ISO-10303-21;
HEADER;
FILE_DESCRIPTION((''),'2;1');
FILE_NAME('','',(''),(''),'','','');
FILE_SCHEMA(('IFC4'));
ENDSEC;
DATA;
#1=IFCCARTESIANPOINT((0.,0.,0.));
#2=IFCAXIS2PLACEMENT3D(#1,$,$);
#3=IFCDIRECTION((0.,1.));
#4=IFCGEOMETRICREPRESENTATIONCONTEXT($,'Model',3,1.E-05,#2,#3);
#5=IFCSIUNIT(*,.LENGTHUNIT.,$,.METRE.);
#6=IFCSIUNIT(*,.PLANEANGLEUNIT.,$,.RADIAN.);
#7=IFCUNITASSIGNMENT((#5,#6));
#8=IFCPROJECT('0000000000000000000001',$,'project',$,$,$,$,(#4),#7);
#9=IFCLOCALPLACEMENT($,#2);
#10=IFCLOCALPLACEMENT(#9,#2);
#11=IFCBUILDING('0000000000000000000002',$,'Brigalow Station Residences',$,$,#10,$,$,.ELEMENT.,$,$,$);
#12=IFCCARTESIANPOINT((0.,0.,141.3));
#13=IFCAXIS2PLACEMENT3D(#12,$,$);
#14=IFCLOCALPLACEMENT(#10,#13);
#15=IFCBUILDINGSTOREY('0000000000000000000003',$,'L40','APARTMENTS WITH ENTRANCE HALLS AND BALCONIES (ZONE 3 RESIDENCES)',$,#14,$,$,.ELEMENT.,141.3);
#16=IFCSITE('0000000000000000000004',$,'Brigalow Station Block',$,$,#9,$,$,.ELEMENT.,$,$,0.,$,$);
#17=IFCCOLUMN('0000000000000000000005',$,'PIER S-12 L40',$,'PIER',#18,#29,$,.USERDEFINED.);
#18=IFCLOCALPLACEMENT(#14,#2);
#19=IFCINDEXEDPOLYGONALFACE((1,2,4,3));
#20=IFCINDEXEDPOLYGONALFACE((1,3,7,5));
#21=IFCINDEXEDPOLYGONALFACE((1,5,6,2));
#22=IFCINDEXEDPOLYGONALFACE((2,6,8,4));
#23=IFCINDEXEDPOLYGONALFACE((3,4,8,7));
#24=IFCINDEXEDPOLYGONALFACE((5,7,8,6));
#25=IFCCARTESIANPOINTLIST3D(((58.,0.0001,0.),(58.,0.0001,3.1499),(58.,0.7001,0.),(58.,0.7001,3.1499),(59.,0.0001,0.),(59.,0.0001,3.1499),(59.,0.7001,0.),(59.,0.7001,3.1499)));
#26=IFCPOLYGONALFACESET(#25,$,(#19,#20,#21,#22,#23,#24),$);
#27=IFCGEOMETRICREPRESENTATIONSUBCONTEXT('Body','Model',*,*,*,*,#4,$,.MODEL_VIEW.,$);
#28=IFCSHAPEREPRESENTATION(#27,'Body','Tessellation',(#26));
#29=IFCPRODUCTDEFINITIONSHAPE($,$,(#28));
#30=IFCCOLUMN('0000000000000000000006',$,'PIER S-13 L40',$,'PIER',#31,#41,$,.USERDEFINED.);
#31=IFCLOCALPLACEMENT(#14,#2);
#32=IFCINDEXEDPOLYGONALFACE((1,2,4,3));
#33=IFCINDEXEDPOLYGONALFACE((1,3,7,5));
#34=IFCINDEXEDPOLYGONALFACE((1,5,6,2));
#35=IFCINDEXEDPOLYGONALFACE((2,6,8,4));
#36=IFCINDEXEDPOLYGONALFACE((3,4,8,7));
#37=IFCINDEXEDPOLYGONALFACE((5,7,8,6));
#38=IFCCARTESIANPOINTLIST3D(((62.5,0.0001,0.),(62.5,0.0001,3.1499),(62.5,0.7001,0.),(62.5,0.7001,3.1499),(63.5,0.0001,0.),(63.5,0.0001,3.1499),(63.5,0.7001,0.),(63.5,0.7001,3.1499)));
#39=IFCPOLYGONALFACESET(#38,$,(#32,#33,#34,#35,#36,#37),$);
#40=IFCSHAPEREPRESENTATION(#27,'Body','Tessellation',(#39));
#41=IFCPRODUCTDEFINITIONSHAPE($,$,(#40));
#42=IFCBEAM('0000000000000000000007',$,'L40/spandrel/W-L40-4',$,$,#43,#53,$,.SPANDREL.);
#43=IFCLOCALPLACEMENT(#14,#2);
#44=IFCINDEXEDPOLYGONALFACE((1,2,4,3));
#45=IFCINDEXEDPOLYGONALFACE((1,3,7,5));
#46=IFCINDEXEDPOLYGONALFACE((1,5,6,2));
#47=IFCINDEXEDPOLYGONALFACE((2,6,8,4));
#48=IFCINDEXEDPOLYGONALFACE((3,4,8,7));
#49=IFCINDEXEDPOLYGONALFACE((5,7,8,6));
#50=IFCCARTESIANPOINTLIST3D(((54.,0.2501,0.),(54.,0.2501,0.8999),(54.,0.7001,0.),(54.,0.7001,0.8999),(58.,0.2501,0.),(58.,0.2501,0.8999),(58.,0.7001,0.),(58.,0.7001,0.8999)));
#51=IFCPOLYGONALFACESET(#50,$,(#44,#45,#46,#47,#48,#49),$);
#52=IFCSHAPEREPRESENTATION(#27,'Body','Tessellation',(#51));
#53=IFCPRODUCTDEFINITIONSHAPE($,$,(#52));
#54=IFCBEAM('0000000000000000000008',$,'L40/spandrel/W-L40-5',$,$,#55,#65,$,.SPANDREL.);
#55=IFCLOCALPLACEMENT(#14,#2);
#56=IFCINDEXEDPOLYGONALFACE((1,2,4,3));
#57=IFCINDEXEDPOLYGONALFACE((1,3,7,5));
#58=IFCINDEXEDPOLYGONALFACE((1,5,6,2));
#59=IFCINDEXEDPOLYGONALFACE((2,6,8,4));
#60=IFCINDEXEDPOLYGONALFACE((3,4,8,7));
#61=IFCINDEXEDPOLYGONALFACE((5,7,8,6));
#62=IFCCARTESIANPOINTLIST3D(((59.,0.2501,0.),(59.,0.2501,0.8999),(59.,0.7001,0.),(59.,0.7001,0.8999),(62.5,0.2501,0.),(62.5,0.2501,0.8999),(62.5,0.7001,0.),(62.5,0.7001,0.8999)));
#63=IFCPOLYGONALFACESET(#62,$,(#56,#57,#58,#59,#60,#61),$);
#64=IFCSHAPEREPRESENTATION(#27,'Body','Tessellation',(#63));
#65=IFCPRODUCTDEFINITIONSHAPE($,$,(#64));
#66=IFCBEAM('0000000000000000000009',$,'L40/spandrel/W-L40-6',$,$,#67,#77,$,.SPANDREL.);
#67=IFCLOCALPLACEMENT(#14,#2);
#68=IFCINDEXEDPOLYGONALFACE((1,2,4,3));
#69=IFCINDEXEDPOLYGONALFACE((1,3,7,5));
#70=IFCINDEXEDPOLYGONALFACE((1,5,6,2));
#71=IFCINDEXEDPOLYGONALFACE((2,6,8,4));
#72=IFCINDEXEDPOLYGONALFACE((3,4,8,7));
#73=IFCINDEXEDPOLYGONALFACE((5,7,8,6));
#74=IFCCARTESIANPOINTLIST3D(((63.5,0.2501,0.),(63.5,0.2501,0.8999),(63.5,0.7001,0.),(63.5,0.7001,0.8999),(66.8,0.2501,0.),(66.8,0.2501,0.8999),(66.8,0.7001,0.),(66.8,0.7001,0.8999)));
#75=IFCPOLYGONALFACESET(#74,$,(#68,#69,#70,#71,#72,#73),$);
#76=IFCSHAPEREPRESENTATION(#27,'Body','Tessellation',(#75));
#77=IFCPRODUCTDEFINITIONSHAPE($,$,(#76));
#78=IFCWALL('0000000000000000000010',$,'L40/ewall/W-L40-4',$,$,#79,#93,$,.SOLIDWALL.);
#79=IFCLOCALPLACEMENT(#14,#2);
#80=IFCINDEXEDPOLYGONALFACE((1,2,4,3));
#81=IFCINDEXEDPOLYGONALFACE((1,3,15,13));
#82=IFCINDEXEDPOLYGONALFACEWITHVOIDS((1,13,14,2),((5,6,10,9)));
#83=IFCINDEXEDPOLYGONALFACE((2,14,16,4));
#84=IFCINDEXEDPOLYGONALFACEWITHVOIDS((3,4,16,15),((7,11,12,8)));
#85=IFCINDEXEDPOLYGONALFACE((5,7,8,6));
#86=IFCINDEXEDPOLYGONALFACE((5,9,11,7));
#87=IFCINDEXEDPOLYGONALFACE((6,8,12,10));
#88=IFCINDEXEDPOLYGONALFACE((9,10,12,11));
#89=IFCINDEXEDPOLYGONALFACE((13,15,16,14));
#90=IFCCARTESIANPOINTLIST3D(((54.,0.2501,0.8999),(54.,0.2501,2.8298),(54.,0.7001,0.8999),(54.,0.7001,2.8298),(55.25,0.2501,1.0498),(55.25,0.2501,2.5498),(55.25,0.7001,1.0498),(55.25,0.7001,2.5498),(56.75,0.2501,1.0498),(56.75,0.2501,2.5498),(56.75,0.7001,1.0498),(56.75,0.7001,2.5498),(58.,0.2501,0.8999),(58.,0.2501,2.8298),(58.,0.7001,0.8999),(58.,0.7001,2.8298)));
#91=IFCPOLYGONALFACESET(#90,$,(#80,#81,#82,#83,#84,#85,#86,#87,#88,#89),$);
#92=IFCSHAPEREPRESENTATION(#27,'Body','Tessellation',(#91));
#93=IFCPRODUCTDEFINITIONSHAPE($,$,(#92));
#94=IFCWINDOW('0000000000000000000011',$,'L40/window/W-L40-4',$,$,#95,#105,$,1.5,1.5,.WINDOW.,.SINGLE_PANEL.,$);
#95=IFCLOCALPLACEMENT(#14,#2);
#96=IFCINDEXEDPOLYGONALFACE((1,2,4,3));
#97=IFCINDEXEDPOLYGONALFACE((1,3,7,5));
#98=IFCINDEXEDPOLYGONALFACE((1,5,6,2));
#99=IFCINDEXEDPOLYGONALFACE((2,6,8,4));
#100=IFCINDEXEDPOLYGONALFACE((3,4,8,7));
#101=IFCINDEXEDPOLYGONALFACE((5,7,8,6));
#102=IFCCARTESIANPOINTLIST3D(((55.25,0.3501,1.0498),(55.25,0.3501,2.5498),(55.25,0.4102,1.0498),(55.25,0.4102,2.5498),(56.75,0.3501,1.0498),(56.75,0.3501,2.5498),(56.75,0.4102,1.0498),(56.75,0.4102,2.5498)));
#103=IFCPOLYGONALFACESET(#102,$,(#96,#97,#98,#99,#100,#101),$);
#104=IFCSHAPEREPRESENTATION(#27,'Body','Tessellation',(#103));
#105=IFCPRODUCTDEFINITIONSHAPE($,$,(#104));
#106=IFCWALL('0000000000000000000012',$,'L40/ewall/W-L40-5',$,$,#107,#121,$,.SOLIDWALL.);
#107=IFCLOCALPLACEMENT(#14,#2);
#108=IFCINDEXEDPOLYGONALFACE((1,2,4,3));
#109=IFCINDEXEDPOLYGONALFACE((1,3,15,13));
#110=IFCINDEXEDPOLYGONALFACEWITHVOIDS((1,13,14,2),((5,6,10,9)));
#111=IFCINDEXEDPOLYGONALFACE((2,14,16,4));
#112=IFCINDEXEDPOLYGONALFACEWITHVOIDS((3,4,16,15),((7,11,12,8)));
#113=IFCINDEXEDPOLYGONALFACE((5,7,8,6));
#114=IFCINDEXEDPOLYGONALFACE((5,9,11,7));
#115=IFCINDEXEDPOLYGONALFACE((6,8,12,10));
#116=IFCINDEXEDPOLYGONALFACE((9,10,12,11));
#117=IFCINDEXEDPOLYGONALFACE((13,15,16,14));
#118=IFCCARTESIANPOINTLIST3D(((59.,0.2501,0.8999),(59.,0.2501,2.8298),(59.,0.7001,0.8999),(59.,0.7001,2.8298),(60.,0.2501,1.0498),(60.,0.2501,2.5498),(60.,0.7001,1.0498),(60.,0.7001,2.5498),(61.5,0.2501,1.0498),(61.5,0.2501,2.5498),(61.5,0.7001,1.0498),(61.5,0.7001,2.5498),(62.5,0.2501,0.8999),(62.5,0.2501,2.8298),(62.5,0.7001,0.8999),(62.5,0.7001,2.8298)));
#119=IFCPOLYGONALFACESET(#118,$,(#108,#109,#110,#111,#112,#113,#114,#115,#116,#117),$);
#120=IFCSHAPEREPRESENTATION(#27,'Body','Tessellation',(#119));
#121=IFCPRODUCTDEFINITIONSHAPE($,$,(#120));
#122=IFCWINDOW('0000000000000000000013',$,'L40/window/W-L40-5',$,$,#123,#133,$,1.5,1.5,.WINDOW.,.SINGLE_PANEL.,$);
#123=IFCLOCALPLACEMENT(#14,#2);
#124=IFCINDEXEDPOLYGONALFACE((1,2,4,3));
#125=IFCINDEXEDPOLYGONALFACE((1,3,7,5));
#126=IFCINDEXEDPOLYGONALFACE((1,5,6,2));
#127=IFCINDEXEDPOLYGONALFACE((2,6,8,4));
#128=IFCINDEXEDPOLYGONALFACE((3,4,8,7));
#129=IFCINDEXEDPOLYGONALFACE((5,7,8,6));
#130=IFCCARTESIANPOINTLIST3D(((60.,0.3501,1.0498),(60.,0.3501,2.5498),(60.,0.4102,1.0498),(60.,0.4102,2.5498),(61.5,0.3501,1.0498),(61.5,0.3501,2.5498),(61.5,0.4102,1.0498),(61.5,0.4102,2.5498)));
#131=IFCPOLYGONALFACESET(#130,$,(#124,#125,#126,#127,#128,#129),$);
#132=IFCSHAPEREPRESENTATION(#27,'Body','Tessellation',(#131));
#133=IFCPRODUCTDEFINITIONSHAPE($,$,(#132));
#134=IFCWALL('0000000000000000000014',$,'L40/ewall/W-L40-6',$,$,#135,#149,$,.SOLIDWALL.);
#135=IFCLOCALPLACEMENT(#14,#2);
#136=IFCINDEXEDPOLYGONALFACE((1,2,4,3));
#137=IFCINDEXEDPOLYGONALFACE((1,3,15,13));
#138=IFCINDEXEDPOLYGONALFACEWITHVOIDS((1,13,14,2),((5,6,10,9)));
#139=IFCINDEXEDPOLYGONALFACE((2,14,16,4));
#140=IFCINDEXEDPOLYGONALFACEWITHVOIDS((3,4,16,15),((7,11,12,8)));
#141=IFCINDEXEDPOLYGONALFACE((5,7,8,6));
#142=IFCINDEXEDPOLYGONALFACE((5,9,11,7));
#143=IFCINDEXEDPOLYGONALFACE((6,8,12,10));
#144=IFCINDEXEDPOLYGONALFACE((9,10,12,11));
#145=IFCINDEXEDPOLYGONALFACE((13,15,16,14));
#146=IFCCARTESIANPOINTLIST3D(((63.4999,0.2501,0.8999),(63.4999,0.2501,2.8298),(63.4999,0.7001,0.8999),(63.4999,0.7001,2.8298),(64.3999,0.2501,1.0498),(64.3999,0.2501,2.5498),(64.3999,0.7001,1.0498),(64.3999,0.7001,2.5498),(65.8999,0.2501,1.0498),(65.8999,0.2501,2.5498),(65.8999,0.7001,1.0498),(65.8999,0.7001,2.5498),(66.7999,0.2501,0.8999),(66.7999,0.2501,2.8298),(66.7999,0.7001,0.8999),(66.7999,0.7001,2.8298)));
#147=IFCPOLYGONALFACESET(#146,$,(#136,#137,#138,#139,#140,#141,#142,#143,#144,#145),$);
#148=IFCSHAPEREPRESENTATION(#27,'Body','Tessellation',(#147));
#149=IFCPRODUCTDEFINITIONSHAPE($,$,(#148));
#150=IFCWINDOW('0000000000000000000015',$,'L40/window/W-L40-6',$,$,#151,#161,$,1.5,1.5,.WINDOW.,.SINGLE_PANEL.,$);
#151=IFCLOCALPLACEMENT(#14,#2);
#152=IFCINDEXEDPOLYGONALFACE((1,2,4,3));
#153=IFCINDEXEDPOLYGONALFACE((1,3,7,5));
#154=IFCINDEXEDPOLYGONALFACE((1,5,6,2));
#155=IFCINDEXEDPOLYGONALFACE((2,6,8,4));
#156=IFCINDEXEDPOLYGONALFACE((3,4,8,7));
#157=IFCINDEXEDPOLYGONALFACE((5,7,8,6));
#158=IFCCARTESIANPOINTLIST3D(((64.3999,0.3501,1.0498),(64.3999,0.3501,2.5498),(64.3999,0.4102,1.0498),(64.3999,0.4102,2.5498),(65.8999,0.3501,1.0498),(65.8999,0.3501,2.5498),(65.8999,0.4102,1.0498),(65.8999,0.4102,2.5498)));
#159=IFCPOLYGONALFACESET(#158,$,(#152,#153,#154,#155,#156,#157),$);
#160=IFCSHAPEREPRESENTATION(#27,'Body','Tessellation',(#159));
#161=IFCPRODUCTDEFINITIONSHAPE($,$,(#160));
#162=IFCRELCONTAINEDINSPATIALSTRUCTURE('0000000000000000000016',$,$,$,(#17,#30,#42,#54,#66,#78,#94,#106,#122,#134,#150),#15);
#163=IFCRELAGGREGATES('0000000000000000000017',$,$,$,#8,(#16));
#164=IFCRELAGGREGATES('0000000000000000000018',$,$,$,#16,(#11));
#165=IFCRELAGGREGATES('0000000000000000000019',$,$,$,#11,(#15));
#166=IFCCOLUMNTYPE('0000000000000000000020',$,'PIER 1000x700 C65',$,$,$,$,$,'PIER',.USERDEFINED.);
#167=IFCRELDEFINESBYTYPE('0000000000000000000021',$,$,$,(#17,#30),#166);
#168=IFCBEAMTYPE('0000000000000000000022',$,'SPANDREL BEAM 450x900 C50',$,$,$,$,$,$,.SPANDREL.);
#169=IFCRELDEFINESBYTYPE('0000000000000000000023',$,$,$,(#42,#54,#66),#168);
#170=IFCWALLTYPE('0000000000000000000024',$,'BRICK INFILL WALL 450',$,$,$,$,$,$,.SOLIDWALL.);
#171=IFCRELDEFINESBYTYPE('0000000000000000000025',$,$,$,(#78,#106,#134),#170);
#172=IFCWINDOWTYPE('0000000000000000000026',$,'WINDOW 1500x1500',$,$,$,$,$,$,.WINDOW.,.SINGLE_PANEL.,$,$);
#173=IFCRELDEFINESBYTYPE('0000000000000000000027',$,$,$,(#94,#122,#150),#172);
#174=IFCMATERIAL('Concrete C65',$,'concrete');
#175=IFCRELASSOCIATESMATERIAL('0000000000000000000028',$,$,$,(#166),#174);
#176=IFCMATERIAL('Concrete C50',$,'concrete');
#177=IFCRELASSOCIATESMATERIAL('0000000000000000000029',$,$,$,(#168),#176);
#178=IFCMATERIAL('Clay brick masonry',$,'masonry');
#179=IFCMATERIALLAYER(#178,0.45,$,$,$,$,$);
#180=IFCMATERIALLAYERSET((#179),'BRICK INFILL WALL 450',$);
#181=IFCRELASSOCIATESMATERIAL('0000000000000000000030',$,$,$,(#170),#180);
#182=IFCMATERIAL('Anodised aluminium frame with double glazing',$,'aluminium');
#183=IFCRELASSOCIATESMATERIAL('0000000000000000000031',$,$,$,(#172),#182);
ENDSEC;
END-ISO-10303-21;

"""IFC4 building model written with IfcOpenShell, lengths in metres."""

from ifc_helpers import new_model, si_unit, direction, frame, frame_2d, origin, origin_2d, place, context, subcontext, project, spatial, rectangle, extrude, material, layer, layer_set, material_profile, profile_set, type_object, element, fill, save


model = new_model("IFC4")

# Units and contexts
model_context = context("Model", 3, precision=1e-05, world=origin(), true_north=direction((0.0, 1.0)))
body_context = subcontext(model_context, "Body", "Model", "MODEL_VIEW")
ifc_project = project(units=[si_unit("LENGTHUNIT", "METRE"), si_unit("PLANEANGLEUNIT", "RADIAN")], contexts=[model_context])

# Site, building, storey
site_placement = place(None, origin())
site = spatial("IfcSite", under=ifc_project, at=site_placement, Name="Brigalow Station Block", CompositionType="ELEMENT", RefElevation=0.0)
building_placement = place(site_placement, origin())
building = spatial("IfcBuilding", under=site, at=building_placement, Name="Brigalow Station Residences", CompositionType="ELEMENT")
storey_placement = place(building_placement, frame((0.0, 0.0, 141.3)))
storey = spatial("IfcBuildingStorey", under=building, at=storey_placement, Name="L40", Description="APARTMENTS WITH ENTRANCE HALLS AND BALCONIES (ZONE 3 RESIDENCES)", CompositionType="ELEMENT", Elevation=141.3)

# Columns
ifc_material_1 = material(Name="Concrete C65", Category="concrete")
ifc_material_profile_1 = material_profile(ifc_material_1, rectangle(XDim=1.0, YDim=0.7, at=origin_2d()), Name="RC1000x700")
ifc_profile_set_1 = profile_set([ifc_material_profile_1], Name="Concrete C65")
column_type = type_object("IfcColumnType", Name="PIER 1000x700 C65", ElementType="PIER", PredefinedType="USERDEFINED", material=ifc_profile_set_1)
for number, where, z_axis, x_axis, name in (
    (1, (58.5, 0.3501, 0.0), (0.0, 0.0, 1.0), (1.0, 0.0, 0.0), "PIER S-12 L40"),
    (2, (63.0, 0.3501, 0.0), (0.0, 0.0, 1.0), (1.0, 0.0, 0.0), "PIER S-13 L40"),
):
    element("IfcColumn", number, at=place(storey_placement, frame(where, z_axis=z_axis, x_axis=x_axis)), inside=storey, type_object=column_type, Name=name, ObjectType="PIER", PredefinedType="USERDEFINED", context=body_context, shape_type="SweptSolid", body=[
        extrude(rectangle(XDim=1.0, YDim=0.7, at=origin_2d()), origin(), (0.0, 0.0, 1.0), 3.1499),
    ])

# Beams
ifc_material_2 = material(Name="Concrete C50", Category="concrete")
ifc_material_profile_2 = material_profile(ifc_material_2, rectangle(XDim=0.45, YDim=0.8999, at=origin_2d()), Name="RC450x900")
ifc_profile_set_2 = profile_set([ifc_material_profile_2], Name="Concrete C50")
beam_type = type_object("IfcBeamType", Name="SPANDREL BEAM 450x900 C50", PredefinedType="SPANDREL", material=ifc_profile_set_2)
beam_1_placement = place(storey_placement, frame((54.0, 0.4751, 0.45), z_axis=(1.0, 0.0, 0.0), x_axis=(0.0, 1.0, 0.0)))
element("IfcBeam", 3, at=beam_1_placement, inside=storey, type_object=beam_type, Name="L40/spandrel/W-L40-4", PredefinedType="SPANDREL", context=body_context, shape_type="SweptSolid", body=[
    extrude(rectangle(XDim=0.45, YDim=0.8999, at=origin_2d()), origin(), (0.0, 0.0, 1.0), 4.0),
])
beam_2_placement = place(storey_placement, frame((59.0, 0.4751, 0.45), z_axis=(1.0, 0.0, 0.0), x_axis=(0.0, 1.0, 0.0)))
element("IfcBeam", 4, at=beam_2_placement, inside=storey, type_object=beam_type, Name="L40/spandrel/W-L40-5", PredefinedType="SPANDREL", context=body_context, shape_type="SweptSolid", body=[
    extrude(rectangle(XDim=0.45, YDim=0.8999, at=origin_2d()), origin(), (0.0, 0.0, 1.0), 3.5),
])
beam_3_placement = place(storey_placement, frame((63.5, 0.4751, 0.45), z_axis=(1.0, 0.0, 0.0), x_axis=(0.0, 1.0, 0.0)))
element("IfcBeam", 5, at=beam_3_placement, inside=storey, type_object=beam_type, Name="L40/spandrel/W-L40-6", PredefinedType="SPANDREL", context=body_context, shape_type="SweptSolid", body=[
    extrude(rectangle(XDim=0.45, YDim=0.8999, at=origin_2d()), origin(), (0.0, 0.0, 1.0), 3.3),
])

# Walls, openings, windows
ifc_material_3 = material(Name="Clay brick masonry", Category="masonry")
ifc_layer_1 = layer(ifc_material_3, 0.45)
ifc_layer_set_1 = layer_set([ifc_layer_1], Name="BRICK INFILL WALL 450")
wall_type_1 = type_object("IfcWallType", Name="BRICK INFILL WALL 450", PredefinedType="SOLIDWALL", material=ifc_layer_set_1)
wall_1_placement = place(storey_placement, frame((54.0, 0.4751, 0.8999), z_axis=(0.0, 0.0, 1.0), x_axis=(1.0, 0.0, 0.0)))
wall_1 = element("IfcWall", 6, at=wall_1_placement, inside=storey, type_object=wall_type_1, Name="L40/ewall/W-L40-4", PredefinedType="SOLIDWALL", context=body_context, shape_type="SweptSolid", body=[
    extrude(rectangle(XDim=4.0, YDim=0.45, at=frame_2d((2.0, 0.0))), origin(), (0.0, 0.0, 1.0), 1.9299),
])
opening_1_placement = place(wall_1_placement, frame((1.25, 0.0, 0.1499)))
opening_1 = element("IfcOpeningElement", 7, at=opening_1_placement, cuts=wall_1, PredefinedType="OPENING", context=body_context, shape_type="SweptSolid", body=[
    extrude(rectangle(XDim=1.5, YDim=1.5, at=frame_2d((0.75, 0.75))), frame((0.0, 0.2349, 0.0), z_axis=(0.0, -1.0, 0.0), x_axis=(1.0, 0.0, 0.0)), (0.0, 0.0, 1.0), 0.47),
])
ifc_material_4 = material(Name="Anodised aluminium frame with double glazing", Category="aluminium")
window_type = type_object("IfcWindowType", Name="WINDOW 1500x1500", PartitioningType="SINGLE_PANEL", PredefinedType="WINDOW", material=ifc_material_4)
window_1_placement = place(opening_1_placement, origin())
window_1 = element("IfcWindow", 8, at=window_1_placement, inside=storey, type_object=window_type, Name="L40/window/W-L40-4", OverallHeight=1.5, OverallWidth=1.5, PartitioningType="SINGLE_PANEL", PredefinedType="WINDOW", context=body_context, shape_type="SweptSolid", body=[
    extrude(rectangle(XDim=1.5, YDim=1.5, at=frame_2d((0.75, 0.75))), frame((0.0, -0.0649, 0.0), z_axis=(0.0, -1.0, 0.0), x_axis=(1.0, 0.0, 0.0)), (0.0, 0.0, 1.0), 0.0601),
])
fill(opening_1, window_1)
wall_2_placement = place(storey_placement, frame((59.0, 0.4751, 0.8999), z_axis=(0.0, 0.0, 1.0), x_axis=(1.0, 0.0, 0.0)))
wall_2 = element("IfcWall", 9, at=wall_2_placement, inside=storey, type_object=wall_type_1, Name="L40/ewall/W-L40-5", PredefinedType="SOLIDWALL", context=body_context, shape_type="SweptSolid", body=[
    extrude(rectangle(XDim=3.5, YDim=0.45, at=frame_2d((1.75, 0.0))), origin(), (0.0, 0.0, 1.0), 1.9299),
])
opening_2_placement = place(wall_2_placement, frame((1.0, 0.0, 0.1499)))
opening_2 = element("IfcOpeningElement", 10, at=opening_2_placement, cuts=wall_2, PredefinedType="OPENING", context=body_context, shape_type="SweptSolid", body=[
    extrude(rectangle(XDim=1.5, YDim=1.5, at=frame_2d((0.75, 0.75))), frame((0.0, 0.2349, 0.0), z_axis=(0.0, -1.0, 0.0), x_axis=(1.0, 0.0, 0.0)), (0.0, 0.0, 1.0), 0.47),
])
window_2_placement = place(opening_2_placement, origin())
window_2 = element("IfcWindow", 11, at=window_2_placement, inside=storey, type_object=window_type, Name="L40/window/W-L40-5", OverallHeight=1.5, OverallWidth=1.5, PartitioningType="SINGLE_PANEL", PredefinedType="WINDOW", context=body_context, shape_type="SweptSolid", body=[
    extrude(rectangle(XDim=1.5, YDim=1.5, at=frame_2d((0.75, 0.75))), frame((0.0, -0.0649, 0.0), z_axis=(0.0, -1.0, 0.0), x_axis=(1.0, 0.0, 0.0)), (0.0, 0.0, 1.0), 0.0601),
])
fill(opening_2, window_2)
wall_3_placement = place(storey_placement, frame((63.5, 0.4751, 0.8999), z_axis=(0.0, 0.0, 1.0), x_axis=(1.0, 0.0, 0.0)))
wall_3 = element("IfcWall", 12, at=wall_3_placement, inside=storey, type_object=wall_type_1, Name="L40/ewall/W-L40-6", PredefinedType="SOLIDWALL", context=body_context, shape_type="SweptSolid", body=[
    extrude(rectangle(XDim=3.3, YDim=0.45, at=frame_2d((1.6499, 0.0))), origin(), (0.0, 0.0, 1.0), 1.9299),
])
opening_3_placement = place(wall_3_placement, frame((0.8999, 0.0, 0.1499)))
opening_3 = element("IfcOpeningElement", 13, at=opening_3_placement, cuts=wall_3, PredefinedType="OPENING", context=body_context, shape_type="SweptSolid", body=[
    extrude(rectangle(XDim=1.5, YDim=1.5, at=frame_2d((0.75, 0.75))), frame((0.0, 0.2349, 0.0), z_axis=(0.0, -1.0, 0.0), x_axis=(1.0, 0.0, 0.0)), (0.0, 0.0, 1.0), 0.47),
])
window_3_placement = place(opening_3_placement, origin())
window_3 = element("IfcWindow", 14, at=window_3_placement, inside=storey, type_object=window_type, Name="L40/window/W-L40-6", OverallHeight=1.5, OverallWidth=1.5, PartitioningType="SINGLE_PANEL", PredefinedType="WINDOW", context=body_context, shape_type="SweptSolid", body=[
    extrude(rectangle(XDim=1.5, YDim=1.5, at=frame_2d((0.75, 0.75))), frame((0.0, -0.0649, 0.0), z_axis=(0.0, -1.0, 0.0), x_axis=(1.0, 0.0, 0.0)), (0.0, 0.0, 1.0), 0.0601),
])
fill(opening_3, window_3)

save(model, "model.ifc")
